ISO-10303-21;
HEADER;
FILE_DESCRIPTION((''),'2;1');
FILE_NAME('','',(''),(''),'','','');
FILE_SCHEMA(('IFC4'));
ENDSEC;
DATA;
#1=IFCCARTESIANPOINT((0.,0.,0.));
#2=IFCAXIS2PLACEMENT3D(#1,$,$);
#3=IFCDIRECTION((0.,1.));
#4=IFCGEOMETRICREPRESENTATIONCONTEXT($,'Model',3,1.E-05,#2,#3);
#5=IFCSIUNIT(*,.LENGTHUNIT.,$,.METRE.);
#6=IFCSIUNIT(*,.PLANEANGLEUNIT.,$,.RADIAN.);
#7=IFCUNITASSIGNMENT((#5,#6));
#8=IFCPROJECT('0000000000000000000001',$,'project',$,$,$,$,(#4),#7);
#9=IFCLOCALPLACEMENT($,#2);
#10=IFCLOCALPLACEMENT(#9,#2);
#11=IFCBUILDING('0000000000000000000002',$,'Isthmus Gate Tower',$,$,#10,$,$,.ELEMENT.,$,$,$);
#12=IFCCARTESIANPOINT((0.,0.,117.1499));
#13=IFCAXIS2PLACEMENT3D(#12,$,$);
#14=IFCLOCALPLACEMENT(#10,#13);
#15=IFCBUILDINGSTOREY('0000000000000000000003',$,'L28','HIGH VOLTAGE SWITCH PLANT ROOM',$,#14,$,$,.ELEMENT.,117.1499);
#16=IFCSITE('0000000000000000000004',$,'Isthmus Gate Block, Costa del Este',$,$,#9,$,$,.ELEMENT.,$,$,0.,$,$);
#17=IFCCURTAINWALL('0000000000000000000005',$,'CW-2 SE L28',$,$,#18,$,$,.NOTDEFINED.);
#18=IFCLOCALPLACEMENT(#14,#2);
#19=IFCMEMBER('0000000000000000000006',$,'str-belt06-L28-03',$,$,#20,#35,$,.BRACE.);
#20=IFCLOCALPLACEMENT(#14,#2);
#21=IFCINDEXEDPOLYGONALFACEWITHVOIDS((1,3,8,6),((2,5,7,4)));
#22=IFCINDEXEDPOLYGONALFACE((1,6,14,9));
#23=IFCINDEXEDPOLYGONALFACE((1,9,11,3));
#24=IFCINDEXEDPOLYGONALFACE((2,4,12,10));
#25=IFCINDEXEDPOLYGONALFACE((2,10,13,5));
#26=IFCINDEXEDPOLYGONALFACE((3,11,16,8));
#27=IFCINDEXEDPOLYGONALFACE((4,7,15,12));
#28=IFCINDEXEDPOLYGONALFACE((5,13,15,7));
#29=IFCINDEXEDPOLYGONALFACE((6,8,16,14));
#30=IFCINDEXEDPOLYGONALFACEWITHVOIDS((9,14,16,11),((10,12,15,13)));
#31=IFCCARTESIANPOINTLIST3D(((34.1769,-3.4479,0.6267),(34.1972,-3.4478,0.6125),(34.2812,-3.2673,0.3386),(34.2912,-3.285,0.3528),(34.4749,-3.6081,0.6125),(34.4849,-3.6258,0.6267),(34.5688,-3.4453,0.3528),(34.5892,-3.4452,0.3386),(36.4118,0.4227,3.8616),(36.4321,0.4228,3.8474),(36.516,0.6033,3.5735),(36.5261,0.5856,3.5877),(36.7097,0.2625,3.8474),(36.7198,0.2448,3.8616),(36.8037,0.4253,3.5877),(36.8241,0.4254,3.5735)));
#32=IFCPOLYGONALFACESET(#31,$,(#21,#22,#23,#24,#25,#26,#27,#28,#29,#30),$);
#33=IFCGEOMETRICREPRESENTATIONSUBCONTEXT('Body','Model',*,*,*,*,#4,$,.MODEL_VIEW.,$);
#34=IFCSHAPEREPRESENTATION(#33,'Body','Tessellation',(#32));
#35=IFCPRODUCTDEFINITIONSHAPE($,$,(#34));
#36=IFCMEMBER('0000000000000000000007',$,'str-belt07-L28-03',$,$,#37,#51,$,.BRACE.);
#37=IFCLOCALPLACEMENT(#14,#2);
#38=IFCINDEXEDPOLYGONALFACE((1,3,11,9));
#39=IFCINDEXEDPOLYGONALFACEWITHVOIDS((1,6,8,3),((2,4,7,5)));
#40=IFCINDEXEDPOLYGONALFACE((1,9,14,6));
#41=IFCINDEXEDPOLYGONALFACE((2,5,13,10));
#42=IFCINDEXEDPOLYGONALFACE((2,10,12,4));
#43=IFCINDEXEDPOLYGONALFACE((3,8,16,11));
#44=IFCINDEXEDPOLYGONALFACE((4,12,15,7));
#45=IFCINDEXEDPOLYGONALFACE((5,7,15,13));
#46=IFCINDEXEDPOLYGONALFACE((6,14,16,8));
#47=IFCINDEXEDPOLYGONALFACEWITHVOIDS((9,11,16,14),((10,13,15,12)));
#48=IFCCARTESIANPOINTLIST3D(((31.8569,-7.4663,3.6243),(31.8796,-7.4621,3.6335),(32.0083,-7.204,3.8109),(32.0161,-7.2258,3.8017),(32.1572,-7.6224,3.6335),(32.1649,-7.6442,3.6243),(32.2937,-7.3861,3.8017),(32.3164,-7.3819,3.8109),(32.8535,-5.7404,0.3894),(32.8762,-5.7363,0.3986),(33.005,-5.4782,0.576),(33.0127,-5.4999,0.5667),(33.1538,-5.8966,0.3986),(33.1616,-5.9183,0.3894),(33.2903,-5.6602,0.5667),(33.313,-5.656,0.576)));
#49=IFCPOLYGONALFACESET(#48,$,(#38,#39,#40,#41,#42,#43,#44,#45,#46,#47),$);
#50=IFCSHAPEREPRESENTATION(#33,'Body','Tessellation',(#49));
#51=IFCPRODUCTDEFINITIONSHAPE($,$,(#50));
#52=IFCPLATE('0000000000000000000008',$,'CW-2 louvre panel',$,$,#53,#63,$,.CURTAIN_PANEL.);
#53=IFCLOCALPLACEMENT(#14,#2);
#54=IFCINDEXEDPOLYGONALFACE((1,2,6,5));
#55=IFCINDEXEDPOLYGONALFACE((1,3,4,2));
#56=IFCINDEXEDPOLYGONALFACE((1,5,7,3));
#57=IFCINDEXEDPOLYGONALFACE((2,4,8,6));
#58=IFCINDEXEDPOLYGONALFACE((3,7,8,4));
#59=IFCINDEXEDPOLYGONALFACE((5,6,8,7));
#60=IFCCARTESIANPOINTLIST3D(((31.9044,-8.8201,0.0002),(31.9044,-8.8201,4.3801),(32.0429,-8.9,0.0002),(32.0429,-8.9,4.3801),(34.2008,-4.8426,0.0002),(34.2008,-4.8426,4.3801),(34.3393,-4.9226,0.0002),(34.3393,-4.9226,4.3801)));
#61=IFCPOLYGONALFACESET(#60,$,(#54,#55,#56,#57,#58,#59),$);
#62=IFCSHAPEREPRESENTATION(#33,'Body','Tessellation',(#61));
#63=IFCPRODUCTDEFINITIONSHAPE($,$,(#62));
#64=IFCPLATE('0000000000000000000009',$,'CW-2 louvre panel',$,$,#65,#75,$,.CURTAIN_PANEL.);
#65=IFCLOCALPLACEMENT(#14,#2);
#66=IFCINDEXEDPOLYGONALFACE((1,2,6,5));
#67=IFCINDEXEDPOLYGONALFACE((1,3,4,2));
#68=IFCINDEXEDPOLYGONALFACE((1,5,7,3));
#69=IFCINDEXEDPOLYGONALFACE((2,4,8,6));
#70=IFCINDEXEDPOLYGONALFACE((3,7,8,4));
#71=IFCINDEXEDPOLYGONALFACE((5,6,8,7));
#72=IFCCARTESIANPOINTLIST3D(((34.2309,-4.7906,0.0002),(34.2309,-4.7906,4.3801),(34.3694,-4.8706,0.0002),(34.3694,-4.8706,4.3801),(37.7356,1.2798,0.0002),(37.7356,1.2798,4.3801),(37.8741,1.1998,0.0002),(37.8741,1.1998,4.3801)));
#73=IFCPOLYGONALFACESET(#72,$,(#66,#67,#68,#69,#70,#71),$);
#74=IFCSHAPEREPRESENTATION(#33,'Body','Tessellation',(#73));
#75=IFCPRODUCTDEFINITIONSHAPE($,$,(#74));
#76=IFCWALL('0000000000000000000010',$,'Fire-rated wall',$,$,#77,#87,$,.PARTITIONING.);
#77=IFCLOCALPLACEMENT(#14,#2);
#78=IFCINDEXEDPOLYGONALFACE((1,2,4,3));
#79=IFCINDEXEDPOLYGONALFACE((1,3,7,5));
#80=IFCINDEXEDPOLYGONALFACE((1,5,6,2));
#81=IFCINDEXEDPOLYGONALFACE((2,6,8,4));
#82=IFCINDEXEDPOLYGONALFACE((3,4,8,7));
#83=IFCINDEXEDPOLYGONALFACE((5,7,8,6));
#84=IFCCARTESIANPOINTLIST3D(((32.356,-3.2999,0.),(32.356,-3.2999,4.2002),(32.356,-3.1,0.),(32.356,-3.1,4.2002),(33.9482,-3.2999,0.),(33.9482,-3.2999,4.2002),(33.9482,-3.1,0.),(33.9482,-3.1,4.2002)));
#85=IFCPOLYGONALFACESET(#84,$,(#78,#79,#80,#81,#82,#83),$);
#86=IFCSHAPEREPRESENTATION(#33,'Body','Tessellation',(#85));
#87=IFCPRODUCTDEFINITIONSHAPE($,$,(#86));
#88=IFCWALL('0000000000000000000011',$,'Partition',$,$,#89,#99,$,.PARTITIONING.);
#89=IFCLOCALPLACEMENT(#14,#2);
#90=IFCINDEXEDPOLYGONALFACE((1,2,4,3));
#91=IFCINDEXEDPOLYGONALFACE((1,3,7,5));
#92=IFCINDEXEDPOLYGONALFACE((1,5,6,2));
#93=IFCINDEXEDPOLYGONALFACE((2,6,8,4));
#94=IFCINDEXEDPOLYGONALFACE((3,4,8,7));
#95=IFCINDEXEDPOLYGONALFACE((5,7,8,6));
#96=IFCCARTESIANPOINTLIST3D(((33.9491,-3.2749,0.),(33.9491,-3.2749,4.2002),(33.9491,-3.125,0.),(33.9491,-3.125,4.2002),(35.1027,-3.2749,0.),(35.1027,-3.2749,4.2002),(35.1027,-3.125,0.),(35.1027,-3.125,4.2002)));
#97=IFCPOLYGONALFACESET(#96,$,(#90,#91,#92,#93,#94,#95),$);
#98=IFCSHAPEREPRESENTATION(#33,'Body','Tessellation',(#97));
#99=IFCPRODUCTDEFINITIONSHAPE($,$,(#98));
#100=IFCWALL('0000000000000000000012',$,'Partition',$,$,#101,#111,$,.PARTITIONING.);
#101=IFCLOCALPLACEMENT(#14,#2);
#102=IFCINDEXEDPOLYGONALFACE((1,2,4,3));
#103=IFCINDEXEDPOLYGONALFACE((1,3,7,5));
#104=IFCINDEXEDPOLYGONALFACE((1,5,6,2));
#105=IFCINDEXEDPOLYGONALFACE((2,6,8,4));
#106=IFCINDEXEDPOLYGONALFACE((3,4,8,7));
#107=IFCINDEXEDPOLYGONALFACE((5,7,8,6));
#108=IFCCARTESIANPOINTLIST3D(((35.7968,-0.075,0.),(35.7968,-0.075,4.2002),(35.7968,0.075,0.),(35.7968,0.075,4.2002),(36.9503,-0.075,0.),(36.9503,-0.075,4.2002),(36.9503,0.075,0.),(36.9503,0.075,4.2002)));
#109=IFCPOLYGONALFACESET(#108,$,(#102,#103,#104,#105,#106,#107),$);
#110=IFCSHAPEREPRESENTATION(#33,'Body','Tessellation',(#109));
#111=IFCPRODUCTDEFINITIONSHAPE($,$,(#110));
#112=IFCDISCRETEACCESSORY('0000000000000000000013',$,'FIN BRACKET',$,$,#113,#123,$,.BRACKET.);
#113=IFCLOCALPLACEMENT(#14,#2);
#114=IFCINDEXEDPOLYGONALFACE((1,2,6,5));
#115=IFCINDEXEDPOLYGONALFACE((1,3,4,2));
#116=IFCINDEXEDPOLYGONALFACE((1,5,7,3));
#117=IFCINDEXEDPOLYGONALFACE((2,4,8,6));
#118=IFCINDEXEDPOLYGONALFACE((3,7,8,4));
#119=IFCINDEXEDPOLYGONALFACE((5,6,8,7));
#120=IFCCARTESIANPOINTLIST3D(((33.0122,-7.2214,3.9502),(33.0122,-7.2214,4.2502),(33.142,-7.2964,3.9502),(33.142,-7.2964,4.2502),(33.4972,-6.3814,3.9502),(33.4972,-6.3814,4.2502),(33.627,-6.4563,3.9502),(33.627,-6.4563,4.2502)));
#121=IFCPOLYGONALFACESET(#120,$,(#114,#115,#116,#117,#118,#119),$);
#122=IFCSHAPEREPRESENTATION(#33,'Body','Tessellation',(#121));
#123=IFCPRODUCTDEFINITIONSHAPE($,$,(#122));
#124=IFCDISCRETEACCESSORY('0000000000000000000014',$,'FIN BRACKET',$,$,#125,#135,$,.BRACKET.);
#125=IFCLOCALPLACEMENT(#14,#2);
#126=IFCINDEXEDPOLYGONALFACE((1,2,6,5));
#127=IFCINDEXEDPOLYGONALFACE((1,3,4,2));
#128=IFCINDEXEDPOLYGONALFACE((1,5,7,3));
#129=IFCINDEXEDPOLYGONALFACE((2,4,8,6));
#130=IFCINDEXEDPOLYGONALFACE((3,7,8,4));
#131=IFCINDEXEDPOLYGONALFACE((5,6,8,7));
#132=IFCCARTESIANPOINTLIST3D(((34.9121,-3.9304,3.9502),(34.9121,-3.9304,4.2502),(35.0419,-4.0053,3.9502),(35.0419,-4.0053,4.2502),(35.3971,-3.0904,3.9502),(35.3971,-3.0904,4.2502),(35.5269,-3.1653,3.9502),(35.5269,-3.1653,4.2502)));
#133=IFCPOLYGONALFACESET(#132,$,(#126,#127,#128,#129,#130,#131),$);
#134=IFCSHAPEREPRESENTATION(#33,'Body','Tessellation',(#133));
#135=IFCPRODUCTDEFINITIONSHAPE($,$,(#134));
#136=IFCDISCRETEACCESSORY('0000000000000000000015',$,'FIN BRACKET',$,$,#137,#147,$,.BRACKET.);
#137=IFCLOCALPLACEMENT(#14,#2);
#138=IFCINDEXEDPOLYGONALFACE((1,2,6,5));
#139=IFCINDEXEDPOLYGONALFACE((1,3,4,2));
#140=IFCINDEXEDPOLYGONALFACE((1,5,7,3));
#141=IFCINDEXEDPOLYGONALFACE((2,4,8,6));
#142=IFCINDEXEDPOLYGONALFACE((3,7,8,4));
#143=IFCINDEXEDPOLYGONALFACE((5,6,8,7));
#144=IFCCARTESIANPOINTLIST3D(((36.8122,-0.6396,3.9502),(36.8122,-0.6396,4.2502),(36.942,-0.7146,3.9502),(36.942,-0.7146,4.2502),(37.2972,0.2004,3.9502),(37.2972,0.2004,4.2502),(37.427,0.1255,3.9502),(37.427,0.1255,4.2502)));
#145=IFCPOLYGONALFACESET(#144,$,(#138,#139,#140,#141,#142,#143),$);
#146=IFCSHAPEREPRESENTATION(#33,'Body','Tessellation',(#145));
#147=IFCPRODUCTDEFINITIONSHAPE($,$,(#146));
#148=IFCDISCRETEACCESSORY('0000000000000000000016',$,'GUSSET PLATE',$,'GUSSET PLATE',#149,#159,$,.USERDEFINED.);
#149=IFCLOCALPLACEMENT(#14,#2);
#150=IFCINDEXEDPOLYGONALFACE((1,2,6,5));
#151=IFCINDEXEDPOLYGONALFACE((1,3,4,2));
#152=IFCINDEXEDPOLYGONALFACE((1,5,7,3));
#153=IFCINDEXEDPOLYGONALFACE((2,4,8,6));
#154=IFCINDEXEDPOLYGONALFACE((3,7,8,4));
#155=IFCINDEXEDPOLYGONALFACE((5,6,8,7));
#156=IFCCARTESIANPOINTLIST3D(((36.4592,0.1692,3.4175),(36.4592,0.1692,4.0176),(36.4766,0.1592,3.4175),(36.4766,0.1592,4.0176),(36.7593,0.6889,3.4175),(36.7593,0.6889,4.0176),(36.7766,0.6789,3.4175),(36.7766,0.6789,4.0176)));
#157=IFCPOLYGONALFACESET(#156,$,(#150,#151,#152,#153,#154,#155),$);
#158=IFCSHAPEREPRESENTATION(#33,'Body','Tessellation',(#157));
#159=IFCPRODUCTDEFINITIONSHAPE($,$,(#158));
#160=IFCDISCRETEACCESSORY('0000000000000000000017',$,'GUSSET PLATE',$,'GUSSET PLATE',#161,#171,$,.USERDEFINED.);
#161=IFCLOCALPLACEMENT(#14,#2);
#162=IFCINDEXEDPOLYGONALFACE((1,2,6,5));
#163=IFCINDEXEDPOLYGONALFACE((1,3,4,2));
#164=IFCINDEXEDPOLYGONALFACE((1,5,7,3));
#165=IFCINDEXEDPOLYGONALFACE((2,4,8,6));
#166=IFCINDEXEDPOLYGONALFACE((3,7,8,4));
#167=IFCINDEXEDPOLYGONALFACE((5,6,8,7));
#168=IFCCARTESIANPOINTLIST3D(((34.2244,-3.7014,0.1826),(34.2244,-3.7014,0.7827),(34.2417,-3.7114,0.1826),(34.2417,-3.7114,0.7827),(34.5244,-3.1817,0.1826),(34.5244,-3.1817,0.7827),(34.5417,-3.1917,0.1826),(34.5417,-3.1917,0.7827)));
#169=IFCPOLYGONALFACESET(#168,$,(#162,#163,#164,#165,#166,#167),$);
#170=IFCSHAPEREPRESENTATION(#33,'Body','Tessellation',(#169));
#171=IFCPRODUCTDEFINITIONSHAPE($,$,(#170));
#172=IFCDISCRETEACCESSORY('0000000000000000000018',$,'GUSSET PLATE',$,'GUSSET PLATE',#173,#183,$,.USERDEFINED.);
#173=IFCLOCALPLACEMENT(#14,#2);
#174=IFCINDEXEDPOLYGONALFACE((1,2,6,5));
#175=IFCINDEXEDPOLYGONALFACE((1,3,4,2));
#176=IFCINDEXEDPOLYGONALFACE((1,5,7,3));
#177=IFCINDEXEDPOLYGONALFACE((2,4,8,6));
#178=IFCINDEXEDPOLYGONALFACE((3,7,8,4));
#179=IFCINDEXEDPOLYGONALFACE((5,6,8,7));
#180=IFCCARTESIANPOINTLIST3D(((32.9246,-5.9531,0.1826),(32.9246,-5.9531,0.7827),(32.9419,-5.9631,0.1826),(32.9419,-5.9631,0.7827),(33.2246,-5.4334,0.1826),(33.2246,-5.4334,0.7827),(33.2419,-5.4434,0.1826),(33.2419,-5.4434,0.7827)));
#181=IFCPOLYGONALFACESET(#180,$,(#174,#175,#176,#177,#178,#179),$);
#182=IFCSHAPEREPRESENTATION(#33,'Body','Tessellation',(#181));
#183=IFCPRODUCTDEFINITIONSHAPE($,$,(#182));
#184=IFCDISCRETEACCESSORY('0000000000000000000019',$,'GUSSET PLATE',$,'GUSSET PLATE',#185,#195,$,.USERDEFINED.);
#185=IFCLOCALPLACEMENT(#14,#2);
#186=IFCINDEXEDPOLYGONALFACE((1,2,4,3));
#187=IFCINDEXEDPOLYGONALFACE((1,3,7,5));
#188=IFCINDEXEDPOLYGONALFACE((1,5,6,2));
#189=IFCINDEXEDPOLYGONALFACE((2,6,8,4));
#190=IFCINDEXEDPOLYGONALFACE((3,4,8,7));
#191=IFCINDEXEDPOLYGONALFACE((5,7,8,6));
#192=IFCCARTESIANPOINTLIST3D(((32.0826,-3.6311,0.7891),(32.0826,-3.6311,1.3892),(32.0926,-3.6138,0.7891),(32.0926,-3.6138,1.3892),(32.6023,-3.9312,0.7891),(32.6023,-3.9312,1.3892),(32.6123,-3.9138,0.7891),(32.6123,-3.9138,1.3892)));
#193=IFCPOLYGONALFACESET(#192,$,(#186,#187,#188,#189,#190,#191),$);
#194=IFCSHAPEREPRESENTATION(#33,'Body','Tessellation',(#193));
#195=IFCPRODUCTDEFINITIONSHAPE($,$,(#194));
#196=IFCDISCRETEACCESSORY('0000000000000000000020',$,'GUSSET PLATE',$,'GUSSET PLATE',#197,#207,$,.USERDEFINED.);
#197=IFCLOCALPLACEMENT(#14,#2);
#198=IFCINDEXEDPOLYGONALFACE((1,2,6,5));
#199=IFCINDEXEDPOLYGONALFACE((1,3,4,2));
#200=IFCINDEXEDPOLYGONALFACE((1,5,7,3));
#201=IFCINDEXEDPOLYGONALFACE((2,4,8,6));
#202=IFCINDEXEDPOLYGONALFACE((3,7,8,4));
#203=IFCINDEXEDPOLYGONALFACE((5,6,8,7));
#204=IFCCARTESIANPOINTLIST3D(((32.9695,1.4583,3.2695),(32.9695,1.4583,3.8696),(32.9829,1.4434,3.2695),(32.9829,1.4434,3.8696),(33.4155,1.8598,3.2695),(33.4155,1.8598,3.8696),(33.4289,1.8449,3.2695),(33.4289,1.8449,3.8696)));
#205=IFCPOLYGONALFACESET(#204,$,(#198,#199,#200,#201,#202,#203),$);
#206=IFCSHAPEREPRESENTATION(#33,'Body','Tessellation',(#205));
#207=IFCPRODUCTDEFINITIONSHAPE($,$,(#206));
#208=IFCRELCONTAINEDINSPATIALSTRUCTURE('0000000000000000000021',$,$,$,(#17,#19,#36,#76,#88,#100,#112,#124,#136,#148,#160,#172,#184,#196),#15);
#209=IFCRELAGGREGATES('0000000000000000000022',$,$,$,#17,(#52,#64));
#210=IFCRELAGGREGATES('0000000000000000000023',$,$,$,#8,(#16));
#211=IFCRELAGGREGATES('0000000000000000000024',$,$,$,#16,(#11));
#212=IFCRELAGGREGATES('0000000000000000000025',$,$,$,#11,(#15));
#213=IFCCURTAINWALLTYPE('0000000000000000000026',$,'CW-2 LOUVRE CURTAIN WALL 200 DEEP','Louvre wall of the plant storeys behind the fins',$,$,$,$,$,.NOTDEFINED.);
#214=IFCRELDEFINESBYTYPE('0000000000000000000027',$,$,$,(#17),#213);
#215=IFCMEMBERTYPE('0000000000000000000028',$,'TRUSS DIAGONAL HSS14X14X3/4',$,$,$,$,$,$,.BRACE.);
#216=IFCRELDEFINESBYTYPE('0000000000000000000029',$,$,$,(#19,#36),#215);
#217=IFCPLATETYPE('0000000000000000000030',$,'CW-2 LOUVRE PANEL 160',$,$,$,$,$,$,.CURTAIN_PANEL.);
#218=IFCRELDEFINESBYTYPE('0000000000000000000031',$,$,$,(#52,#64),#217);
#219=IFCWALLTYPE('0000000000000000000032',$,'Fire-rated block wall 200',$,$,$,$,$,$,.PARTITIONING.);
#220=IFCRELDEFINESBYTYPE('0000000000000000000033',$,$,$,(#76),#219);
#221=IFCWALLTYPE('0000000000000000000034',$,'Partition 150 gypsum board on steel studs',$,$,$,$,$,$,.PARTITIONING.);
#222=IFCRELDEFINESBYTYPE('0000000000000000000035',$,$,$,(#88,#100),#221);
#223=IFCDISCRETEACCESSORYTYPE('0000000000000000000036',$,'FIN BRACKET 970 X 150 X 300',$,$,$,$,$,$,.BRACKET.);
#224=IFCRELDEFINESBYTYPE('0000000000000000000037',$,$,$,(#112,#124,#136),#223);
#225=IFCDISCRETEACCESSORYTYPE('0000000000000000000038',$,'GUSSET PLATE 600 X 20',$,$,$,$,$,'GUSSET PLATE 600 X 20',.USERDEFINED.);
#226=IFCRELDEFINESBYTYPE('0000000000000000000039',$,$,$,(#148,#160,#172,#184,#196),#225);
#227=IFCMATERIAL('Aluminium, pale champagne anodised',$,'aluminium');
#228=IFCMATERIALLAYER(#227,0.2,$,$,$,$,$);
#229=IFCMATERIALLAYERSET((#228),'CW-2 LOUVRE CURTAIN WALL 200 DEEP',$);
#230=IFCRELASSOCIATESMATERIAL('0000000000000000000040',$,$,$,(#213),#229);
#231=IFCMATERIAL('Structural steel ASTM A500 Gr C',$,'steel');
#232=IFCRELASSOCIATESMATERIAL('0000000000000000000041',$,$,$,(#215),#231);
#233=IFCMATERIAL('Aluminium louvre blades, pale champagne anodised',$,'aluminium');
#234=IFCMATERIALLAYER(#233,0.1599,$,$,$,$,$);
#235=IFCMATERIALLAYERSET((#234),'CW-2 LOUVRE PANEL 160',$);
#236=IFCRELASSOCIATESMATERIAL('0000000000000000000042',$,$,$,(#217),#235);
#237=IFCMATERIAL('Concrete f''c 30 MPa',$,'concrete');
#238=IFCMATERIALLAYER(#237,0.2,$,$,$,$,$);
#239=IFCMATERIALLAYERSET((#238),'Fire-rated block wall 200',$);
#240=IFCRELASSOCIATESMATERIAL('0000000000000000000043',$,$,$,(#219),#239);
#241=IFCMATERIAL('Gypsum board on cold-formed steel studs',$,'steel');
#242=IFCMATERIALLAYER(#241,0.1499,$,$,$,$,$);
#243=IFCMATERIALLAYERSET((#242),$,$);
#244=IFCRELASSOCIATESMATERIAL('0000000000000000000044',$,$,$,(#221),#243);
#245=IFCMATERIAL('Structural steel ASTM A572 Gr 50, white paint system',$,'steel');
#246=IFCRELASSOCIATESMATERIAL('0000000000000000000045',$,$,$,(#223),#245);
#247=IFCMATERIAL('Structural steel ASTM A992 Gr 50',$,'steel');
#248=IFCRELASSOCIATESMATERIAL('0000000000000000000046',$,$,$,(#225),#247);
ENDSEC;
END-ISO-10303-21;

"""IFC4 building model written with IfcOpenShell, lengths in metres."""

from ifc_helpers import new_model, si_unit, direction, frame, frame_2d, origin, origin_2d, place, context, subcontext, project, spatial, rectangle, hollow_rectangle, extrude, material, layer, layer_set, material_profile, profile_set, type_object, element, aggregate, save


model = new_model("IFC4")

# Units and contexts
model_context = context("Model", 3, precision=1e-05, world=origin(), true_north=direction((0.0, 1.0)))
body_context = subcontext(model_context, "Body", "Model", "MODEL_VIEW")
ifc_project = project(units=[si_unit("LENGTHUNIT", "METRE"), si_unit("PLANEANGLEUNIT", "RADIAN")], contexts=[model_context])

# Site, building, storey
site_placement = place(None, origin())
site = spatial("IfcSite", under=ifc_project, at=site_placement, Name="Isthmus Gate Block, Costa del Este", CompositionType="ELEMENT", RefElevation=0.0)
building_placement = place(site_placement, origin())
building = spatial("IfcBuilding", under=site, at=building_placement, Name="Isthmus Gate Tower", CompositionType="ELEMENT")
storey_placement = place(building_placement, frame((0.0, 0.0, 117.1499)))
storey = spatial("IfcBuildingStorey", under=building, at=storey_placement, Name="L28", Description="HIGH VOLTAGE SWITCH PLANT ROOM", CompositionType="ELEMENT", Elevation=117.1499)

# Curtain wall
ifc_material_1 = material(Name="Aluminium, pale champagne anodised", Category="aluminium")
ifc_layer_1 = layer(ifc_material_1, 0.2)
ifc_layer_set_1 = layer_set([ifc_layer_1], Name="CW-2 LOUVRE CURTAIN WALL 200 DEEP")
curtain_wall_type = type_object("IfcCurtainWallType", Name="CW-2 LOUVRE CURTAIN WALL 200 DEEP", Description="Louvre wall of the plant storeys behind the fins", PredefinedType="NOTDEFINED", material=ifc_layer_set_1)
curtain_wall_placement = place(storey_placement, origin())
curtain_wall = element("IfcCurtainWall", 1, at=curtain_wall_placement, inside=storey, type_object=curtain_wall_type, Name="CW-2 SE L28", PredefinedType="NOTDEFINED")

# Members
ifc_material_2 = material(Name="Structural steel ASTM A500 Gr C", Category="steel")
ifc_material_profile_1 = material_profile(ifc_material_2, hollow_rectangle(XDim=0.3557, YDim=0.3557, WallThickness=0.0176, at=origin_2d()), Name="HSS14X14X3/4")
ifc_profile_set_1 = profile_set([ifc_material_profile_1], Name="Structural steel ASTM A500 Gr C")
member_type_1 = type_object("IfcMemberType", Name="TRUSS DIAGONAL HSS14X14X3/4", PredefinedType="BRACE", material=ifc_profile_set_1)
member_1_placement = place(storey_placement, frame((36.6179, 0.4241, 3.7175), z_axis=(-0.405065, -0.70154, -0.586313), x_axis=(0.866009, -0.500028, 0.0)))
element("IfcMember", 2, at=member_1_placement, inside=storey, type_object=member_type_1, Name="str-belt06-L28-03", PredefinedType="BRACE", context=body_context, shape_type="SweptSolid", body=[
    extrude(hollow_rectangle(XDim=0.3557, YDim=0.3557, WallThickness=0.0176, at=origin_2d()), origin(), (0.0, 0.0, 1.0), 5.5173),
])
member_2_placement = place(storey_placement, frame((33.0833, -5.6982, 0.4827), z_axis=(-0.262295, -0.454229, 0.851398), x_axis=(0.865988, -0.500065, 0.0)))
element("IfcMember", 3, at=member_2_placement, inside=storey, type_object=member_type_1, Name="str-belt07-L28-03", PredefinedType="BRACE", context=body_context, shape_type="SweptSolid", body=[
    extrude(hollow_rectangle(XDim=0.3557, YDim=0.3557, WallThickness=0.0176, at=origin_2d()), origin(), (0.0, 0.0, 1.0), 3.7996),
])

# Plates
ifc_material_3 = material(Name="Aluminium louvre blades, pale champagne anodised", Category="aluminium")
ifc_layer_2 = layer(ifc_material_3, 0.1599)
ifc_layer_set_2 = layer_set([ifc_layer_2], Name="CW-2 LOUVRE PANEL 160")
plate_type = type_object("IfcPlateType", Name="CW-2 LOUVRE PANEL 160", PredefinedType="CURTAIN_PANEL", material=ifc_layer_set_2)
plate_1_placement = place(storey_placement, frame((33.1218, -6.8713, 0.0002), z_axis=(0.0, 0.0, 1.0), x_axis=(0.5, 0.866025, 0.0)))
plate_1 = element("IfcPlate", 4, at=plate_1_placement, type_object=plate_type, Name="CW-2 louvre panel", PredefinedType="CURTAIN_PANEL", context=body_context, shape_type="SweptSolid", body=[
    extrude(rectangle(XDim=4.5928, YDim=0.1599, at=origin_2d()), origin(), (0.0, 0.0, 1.0), 4.3799),
])
plate_2_placement = place(storey_placement, frame((36.0525, -1.7954, 0.0002), z_axis=(0.0, 0.0, 1.0), x_axis=(0.5, 0.866025, 0.0)))
plate_2 = element("IfcPlate", 5, at=plate_2_placement, type_object=plate_type, Name="CW-2 louvre panel", PredefinedType="CURTAIN_PANEL", context=body_context, shape_type="SweptSolid", body=[
    extrude(rectangle(XDim=7.0095, YDim=0.1599, at=origin_2d()), origin(), (0.0, 0.0, 1.0), 4.3799),
])
aggregate(curtain_wall, [plate_1, plate_2])

# Walls
ifc_material_4 = material(Name="Concrete f'c 30 MPa", Category="concrete")
ifc_layer_3 = layer(ifc_material_4, 0.2)
ifc_layer_set_3 = layer_set([ifc_layer_3], Name="Fire-rated block wall 200")
wall_type_1 = type_object("IfcWallType", Name="Fire-rated block wall 200", PredefinedType="PARTITIONING", material=ifc_layer_set_3)
wall_placement = place(storey_placement, frame((32.356, -3.2, 0.0), z_axis=(0.0, 0.0, 1.0), x_axis=(1.0, 0.0, 0.0)))
element("IfcWall", 6, at=wall_placement, inside=storey, type_object=wall_type_1, Name="Fire-rated wall", PredefinedType="PARTITIONING", context=body_context, shape_type="SweptSolid", body=[
    extrude(rectangle(XDim=1.5923, YDim=0.2, at=frame_2d((0.7961, 0.0))), origin(), (0.0, 0.0, 1.0), 4.2002),
])
ifc_material_5 = material(Name="Gypsum board on cold-formed steel studs", Category="steel")
ifc_layer_4 = layer(ifc_material_5, 0.1499)
ifc_layer_set_4 = layer_set([ifc_layer_4])
wall_type_2 = type_object("IfcWallType", Name="Partition 150 gypsum board on steel studs", PredefinedType="PARTITIONING", material=ifc_layer_set_4)
for number, where, z_axis, x_axis, name in (
    (7, (33.9492, -3.2, 0.0), (0.0, 0.0, 1.0), (1.0, 0.0, 0.0), "Partition"),
    (8, (35.7969, 0.0, 0.0), (0.0, 0.0, 1.0), (1.0, 0.0, 0.0), "Partition"),
):
    element("IfcWall", number, at=place(storey_placement, frame(where, z_axis=z_axis, x_axis=x_axis)), inside=storey, type_object=wall_type_2, Name=name, PredefinedType="PARTITIONING", context=body_context, shape_type="SweptSolid", body=[
        extrude(rectangle(XDim=1.1536, YDim=0.1499, at=frame_2d((0.5767, 0.0))), origin(), (0.0, 0.0, 1.0), 4.2002),
    ])

# Discrete accessories
ifc_material_6 = material(Name="Structural steel ASTM A572 Gr 50, white paint system", Category="steel")
discrete_accessory_type_1 = type_object("IfcDiscreteAccessoryType", Name="FIN BRACKET 970 X 150 X 300", PredefinedType="BRACKET", material=ifc_material_6)
for number, where, z_axis, x_axis, name in (
    (9, (33.3196, -6.8389, 3.9502), (0.0, 0.0, 1.0), (0.866025, -0.5, 0.0), "FIN BRACKET"),
    (10, (35.2195, -3.5479, 3.9502), (0.0, 0.0, 1.0), (0.866025, -0.5, 0.0), "FIN BRACKET"),
    (11, (37.1196, -0.2571, 3.9502), (0.0, 0.0, 1.0), (0.866025, -0.5, 0.0), "FIN BRACKET"),
):
    element("IfcDiscreteAccessory", number, at=place(storey_placement, frame(where, z_axis=z_axis, x_axis=x_axis)), inside=storey, type_object=discrete_accessory_type_1, Name=name, PredefinedType="BRACKET", context=body_context, shape_type="SweptSolid", body=[
        extrude(rectangle(XDim=0.1499, YDim=0.97, at=origin_2d()), origin(), (0.0, 0.0, 1.0), 0.3),
    ])
ifc_material_7 = material(Name="Structural steel ASTM A992 Gr 50", Category="steel")
discrete_accessory_type_2 = type_object("IfcDiscreteAccessoryType", Name="GUSSET PLATE 600 X 20", ElementType="GUSSET PLATE 600 X 20", PredefinedType="USERDEFINED", material=ifc_material_7)
for number, where, z_axis, x_axis, name in (
    (12, (36.6179, 0.4241, 3.4175), (0.0, 0.0, 1.0), (-0.5, -0.866025, 0.0), "GUSSET PLATE"),
    (13, (34.3831, -3.4465, 0.1826), (0.0, 0.0, 1.0), (-0.5, -0.866025, 0.0), "GUSSET PLATE"),
    (14, (33.0833, -5.6982, 0.1826), (0.0, 0.0, 1.0), (-0.5, -0.866025, 0.0), "GUSSET PLATE"),
    (15, (32.3474, -3.7725, 0.7891), (0.0, 0.0, 1.0), (-0.866025, 0.5, 0.0), "GUSSET PLATE"),
    (16, (33.1992, 1.6516, 3.2695), (0.0, 0.0, 1.0), (-0.743145, -0.669131, 0.0), "GUSSET PLATE"),
):
    element("IfcDiscreteAccessory", number, at=place(storey_placement, frame(where, z_axis=z_axis, x_axis=x_axis)), inside=storey, type_object=discrete_accessory_type_2, Name=name, ObjectType="GUSSET PLATE", PredefinedType="USERDEFINED", context=body_context, shape_type="SweptSolid", body=[
        extrude(rectangle(XDim=0.6001, YDim=0.02, at=origin_2d()), origin(), (0.0, 0.0, 1.0), 0.6001),
    ])

save(model, "model.ifc")
